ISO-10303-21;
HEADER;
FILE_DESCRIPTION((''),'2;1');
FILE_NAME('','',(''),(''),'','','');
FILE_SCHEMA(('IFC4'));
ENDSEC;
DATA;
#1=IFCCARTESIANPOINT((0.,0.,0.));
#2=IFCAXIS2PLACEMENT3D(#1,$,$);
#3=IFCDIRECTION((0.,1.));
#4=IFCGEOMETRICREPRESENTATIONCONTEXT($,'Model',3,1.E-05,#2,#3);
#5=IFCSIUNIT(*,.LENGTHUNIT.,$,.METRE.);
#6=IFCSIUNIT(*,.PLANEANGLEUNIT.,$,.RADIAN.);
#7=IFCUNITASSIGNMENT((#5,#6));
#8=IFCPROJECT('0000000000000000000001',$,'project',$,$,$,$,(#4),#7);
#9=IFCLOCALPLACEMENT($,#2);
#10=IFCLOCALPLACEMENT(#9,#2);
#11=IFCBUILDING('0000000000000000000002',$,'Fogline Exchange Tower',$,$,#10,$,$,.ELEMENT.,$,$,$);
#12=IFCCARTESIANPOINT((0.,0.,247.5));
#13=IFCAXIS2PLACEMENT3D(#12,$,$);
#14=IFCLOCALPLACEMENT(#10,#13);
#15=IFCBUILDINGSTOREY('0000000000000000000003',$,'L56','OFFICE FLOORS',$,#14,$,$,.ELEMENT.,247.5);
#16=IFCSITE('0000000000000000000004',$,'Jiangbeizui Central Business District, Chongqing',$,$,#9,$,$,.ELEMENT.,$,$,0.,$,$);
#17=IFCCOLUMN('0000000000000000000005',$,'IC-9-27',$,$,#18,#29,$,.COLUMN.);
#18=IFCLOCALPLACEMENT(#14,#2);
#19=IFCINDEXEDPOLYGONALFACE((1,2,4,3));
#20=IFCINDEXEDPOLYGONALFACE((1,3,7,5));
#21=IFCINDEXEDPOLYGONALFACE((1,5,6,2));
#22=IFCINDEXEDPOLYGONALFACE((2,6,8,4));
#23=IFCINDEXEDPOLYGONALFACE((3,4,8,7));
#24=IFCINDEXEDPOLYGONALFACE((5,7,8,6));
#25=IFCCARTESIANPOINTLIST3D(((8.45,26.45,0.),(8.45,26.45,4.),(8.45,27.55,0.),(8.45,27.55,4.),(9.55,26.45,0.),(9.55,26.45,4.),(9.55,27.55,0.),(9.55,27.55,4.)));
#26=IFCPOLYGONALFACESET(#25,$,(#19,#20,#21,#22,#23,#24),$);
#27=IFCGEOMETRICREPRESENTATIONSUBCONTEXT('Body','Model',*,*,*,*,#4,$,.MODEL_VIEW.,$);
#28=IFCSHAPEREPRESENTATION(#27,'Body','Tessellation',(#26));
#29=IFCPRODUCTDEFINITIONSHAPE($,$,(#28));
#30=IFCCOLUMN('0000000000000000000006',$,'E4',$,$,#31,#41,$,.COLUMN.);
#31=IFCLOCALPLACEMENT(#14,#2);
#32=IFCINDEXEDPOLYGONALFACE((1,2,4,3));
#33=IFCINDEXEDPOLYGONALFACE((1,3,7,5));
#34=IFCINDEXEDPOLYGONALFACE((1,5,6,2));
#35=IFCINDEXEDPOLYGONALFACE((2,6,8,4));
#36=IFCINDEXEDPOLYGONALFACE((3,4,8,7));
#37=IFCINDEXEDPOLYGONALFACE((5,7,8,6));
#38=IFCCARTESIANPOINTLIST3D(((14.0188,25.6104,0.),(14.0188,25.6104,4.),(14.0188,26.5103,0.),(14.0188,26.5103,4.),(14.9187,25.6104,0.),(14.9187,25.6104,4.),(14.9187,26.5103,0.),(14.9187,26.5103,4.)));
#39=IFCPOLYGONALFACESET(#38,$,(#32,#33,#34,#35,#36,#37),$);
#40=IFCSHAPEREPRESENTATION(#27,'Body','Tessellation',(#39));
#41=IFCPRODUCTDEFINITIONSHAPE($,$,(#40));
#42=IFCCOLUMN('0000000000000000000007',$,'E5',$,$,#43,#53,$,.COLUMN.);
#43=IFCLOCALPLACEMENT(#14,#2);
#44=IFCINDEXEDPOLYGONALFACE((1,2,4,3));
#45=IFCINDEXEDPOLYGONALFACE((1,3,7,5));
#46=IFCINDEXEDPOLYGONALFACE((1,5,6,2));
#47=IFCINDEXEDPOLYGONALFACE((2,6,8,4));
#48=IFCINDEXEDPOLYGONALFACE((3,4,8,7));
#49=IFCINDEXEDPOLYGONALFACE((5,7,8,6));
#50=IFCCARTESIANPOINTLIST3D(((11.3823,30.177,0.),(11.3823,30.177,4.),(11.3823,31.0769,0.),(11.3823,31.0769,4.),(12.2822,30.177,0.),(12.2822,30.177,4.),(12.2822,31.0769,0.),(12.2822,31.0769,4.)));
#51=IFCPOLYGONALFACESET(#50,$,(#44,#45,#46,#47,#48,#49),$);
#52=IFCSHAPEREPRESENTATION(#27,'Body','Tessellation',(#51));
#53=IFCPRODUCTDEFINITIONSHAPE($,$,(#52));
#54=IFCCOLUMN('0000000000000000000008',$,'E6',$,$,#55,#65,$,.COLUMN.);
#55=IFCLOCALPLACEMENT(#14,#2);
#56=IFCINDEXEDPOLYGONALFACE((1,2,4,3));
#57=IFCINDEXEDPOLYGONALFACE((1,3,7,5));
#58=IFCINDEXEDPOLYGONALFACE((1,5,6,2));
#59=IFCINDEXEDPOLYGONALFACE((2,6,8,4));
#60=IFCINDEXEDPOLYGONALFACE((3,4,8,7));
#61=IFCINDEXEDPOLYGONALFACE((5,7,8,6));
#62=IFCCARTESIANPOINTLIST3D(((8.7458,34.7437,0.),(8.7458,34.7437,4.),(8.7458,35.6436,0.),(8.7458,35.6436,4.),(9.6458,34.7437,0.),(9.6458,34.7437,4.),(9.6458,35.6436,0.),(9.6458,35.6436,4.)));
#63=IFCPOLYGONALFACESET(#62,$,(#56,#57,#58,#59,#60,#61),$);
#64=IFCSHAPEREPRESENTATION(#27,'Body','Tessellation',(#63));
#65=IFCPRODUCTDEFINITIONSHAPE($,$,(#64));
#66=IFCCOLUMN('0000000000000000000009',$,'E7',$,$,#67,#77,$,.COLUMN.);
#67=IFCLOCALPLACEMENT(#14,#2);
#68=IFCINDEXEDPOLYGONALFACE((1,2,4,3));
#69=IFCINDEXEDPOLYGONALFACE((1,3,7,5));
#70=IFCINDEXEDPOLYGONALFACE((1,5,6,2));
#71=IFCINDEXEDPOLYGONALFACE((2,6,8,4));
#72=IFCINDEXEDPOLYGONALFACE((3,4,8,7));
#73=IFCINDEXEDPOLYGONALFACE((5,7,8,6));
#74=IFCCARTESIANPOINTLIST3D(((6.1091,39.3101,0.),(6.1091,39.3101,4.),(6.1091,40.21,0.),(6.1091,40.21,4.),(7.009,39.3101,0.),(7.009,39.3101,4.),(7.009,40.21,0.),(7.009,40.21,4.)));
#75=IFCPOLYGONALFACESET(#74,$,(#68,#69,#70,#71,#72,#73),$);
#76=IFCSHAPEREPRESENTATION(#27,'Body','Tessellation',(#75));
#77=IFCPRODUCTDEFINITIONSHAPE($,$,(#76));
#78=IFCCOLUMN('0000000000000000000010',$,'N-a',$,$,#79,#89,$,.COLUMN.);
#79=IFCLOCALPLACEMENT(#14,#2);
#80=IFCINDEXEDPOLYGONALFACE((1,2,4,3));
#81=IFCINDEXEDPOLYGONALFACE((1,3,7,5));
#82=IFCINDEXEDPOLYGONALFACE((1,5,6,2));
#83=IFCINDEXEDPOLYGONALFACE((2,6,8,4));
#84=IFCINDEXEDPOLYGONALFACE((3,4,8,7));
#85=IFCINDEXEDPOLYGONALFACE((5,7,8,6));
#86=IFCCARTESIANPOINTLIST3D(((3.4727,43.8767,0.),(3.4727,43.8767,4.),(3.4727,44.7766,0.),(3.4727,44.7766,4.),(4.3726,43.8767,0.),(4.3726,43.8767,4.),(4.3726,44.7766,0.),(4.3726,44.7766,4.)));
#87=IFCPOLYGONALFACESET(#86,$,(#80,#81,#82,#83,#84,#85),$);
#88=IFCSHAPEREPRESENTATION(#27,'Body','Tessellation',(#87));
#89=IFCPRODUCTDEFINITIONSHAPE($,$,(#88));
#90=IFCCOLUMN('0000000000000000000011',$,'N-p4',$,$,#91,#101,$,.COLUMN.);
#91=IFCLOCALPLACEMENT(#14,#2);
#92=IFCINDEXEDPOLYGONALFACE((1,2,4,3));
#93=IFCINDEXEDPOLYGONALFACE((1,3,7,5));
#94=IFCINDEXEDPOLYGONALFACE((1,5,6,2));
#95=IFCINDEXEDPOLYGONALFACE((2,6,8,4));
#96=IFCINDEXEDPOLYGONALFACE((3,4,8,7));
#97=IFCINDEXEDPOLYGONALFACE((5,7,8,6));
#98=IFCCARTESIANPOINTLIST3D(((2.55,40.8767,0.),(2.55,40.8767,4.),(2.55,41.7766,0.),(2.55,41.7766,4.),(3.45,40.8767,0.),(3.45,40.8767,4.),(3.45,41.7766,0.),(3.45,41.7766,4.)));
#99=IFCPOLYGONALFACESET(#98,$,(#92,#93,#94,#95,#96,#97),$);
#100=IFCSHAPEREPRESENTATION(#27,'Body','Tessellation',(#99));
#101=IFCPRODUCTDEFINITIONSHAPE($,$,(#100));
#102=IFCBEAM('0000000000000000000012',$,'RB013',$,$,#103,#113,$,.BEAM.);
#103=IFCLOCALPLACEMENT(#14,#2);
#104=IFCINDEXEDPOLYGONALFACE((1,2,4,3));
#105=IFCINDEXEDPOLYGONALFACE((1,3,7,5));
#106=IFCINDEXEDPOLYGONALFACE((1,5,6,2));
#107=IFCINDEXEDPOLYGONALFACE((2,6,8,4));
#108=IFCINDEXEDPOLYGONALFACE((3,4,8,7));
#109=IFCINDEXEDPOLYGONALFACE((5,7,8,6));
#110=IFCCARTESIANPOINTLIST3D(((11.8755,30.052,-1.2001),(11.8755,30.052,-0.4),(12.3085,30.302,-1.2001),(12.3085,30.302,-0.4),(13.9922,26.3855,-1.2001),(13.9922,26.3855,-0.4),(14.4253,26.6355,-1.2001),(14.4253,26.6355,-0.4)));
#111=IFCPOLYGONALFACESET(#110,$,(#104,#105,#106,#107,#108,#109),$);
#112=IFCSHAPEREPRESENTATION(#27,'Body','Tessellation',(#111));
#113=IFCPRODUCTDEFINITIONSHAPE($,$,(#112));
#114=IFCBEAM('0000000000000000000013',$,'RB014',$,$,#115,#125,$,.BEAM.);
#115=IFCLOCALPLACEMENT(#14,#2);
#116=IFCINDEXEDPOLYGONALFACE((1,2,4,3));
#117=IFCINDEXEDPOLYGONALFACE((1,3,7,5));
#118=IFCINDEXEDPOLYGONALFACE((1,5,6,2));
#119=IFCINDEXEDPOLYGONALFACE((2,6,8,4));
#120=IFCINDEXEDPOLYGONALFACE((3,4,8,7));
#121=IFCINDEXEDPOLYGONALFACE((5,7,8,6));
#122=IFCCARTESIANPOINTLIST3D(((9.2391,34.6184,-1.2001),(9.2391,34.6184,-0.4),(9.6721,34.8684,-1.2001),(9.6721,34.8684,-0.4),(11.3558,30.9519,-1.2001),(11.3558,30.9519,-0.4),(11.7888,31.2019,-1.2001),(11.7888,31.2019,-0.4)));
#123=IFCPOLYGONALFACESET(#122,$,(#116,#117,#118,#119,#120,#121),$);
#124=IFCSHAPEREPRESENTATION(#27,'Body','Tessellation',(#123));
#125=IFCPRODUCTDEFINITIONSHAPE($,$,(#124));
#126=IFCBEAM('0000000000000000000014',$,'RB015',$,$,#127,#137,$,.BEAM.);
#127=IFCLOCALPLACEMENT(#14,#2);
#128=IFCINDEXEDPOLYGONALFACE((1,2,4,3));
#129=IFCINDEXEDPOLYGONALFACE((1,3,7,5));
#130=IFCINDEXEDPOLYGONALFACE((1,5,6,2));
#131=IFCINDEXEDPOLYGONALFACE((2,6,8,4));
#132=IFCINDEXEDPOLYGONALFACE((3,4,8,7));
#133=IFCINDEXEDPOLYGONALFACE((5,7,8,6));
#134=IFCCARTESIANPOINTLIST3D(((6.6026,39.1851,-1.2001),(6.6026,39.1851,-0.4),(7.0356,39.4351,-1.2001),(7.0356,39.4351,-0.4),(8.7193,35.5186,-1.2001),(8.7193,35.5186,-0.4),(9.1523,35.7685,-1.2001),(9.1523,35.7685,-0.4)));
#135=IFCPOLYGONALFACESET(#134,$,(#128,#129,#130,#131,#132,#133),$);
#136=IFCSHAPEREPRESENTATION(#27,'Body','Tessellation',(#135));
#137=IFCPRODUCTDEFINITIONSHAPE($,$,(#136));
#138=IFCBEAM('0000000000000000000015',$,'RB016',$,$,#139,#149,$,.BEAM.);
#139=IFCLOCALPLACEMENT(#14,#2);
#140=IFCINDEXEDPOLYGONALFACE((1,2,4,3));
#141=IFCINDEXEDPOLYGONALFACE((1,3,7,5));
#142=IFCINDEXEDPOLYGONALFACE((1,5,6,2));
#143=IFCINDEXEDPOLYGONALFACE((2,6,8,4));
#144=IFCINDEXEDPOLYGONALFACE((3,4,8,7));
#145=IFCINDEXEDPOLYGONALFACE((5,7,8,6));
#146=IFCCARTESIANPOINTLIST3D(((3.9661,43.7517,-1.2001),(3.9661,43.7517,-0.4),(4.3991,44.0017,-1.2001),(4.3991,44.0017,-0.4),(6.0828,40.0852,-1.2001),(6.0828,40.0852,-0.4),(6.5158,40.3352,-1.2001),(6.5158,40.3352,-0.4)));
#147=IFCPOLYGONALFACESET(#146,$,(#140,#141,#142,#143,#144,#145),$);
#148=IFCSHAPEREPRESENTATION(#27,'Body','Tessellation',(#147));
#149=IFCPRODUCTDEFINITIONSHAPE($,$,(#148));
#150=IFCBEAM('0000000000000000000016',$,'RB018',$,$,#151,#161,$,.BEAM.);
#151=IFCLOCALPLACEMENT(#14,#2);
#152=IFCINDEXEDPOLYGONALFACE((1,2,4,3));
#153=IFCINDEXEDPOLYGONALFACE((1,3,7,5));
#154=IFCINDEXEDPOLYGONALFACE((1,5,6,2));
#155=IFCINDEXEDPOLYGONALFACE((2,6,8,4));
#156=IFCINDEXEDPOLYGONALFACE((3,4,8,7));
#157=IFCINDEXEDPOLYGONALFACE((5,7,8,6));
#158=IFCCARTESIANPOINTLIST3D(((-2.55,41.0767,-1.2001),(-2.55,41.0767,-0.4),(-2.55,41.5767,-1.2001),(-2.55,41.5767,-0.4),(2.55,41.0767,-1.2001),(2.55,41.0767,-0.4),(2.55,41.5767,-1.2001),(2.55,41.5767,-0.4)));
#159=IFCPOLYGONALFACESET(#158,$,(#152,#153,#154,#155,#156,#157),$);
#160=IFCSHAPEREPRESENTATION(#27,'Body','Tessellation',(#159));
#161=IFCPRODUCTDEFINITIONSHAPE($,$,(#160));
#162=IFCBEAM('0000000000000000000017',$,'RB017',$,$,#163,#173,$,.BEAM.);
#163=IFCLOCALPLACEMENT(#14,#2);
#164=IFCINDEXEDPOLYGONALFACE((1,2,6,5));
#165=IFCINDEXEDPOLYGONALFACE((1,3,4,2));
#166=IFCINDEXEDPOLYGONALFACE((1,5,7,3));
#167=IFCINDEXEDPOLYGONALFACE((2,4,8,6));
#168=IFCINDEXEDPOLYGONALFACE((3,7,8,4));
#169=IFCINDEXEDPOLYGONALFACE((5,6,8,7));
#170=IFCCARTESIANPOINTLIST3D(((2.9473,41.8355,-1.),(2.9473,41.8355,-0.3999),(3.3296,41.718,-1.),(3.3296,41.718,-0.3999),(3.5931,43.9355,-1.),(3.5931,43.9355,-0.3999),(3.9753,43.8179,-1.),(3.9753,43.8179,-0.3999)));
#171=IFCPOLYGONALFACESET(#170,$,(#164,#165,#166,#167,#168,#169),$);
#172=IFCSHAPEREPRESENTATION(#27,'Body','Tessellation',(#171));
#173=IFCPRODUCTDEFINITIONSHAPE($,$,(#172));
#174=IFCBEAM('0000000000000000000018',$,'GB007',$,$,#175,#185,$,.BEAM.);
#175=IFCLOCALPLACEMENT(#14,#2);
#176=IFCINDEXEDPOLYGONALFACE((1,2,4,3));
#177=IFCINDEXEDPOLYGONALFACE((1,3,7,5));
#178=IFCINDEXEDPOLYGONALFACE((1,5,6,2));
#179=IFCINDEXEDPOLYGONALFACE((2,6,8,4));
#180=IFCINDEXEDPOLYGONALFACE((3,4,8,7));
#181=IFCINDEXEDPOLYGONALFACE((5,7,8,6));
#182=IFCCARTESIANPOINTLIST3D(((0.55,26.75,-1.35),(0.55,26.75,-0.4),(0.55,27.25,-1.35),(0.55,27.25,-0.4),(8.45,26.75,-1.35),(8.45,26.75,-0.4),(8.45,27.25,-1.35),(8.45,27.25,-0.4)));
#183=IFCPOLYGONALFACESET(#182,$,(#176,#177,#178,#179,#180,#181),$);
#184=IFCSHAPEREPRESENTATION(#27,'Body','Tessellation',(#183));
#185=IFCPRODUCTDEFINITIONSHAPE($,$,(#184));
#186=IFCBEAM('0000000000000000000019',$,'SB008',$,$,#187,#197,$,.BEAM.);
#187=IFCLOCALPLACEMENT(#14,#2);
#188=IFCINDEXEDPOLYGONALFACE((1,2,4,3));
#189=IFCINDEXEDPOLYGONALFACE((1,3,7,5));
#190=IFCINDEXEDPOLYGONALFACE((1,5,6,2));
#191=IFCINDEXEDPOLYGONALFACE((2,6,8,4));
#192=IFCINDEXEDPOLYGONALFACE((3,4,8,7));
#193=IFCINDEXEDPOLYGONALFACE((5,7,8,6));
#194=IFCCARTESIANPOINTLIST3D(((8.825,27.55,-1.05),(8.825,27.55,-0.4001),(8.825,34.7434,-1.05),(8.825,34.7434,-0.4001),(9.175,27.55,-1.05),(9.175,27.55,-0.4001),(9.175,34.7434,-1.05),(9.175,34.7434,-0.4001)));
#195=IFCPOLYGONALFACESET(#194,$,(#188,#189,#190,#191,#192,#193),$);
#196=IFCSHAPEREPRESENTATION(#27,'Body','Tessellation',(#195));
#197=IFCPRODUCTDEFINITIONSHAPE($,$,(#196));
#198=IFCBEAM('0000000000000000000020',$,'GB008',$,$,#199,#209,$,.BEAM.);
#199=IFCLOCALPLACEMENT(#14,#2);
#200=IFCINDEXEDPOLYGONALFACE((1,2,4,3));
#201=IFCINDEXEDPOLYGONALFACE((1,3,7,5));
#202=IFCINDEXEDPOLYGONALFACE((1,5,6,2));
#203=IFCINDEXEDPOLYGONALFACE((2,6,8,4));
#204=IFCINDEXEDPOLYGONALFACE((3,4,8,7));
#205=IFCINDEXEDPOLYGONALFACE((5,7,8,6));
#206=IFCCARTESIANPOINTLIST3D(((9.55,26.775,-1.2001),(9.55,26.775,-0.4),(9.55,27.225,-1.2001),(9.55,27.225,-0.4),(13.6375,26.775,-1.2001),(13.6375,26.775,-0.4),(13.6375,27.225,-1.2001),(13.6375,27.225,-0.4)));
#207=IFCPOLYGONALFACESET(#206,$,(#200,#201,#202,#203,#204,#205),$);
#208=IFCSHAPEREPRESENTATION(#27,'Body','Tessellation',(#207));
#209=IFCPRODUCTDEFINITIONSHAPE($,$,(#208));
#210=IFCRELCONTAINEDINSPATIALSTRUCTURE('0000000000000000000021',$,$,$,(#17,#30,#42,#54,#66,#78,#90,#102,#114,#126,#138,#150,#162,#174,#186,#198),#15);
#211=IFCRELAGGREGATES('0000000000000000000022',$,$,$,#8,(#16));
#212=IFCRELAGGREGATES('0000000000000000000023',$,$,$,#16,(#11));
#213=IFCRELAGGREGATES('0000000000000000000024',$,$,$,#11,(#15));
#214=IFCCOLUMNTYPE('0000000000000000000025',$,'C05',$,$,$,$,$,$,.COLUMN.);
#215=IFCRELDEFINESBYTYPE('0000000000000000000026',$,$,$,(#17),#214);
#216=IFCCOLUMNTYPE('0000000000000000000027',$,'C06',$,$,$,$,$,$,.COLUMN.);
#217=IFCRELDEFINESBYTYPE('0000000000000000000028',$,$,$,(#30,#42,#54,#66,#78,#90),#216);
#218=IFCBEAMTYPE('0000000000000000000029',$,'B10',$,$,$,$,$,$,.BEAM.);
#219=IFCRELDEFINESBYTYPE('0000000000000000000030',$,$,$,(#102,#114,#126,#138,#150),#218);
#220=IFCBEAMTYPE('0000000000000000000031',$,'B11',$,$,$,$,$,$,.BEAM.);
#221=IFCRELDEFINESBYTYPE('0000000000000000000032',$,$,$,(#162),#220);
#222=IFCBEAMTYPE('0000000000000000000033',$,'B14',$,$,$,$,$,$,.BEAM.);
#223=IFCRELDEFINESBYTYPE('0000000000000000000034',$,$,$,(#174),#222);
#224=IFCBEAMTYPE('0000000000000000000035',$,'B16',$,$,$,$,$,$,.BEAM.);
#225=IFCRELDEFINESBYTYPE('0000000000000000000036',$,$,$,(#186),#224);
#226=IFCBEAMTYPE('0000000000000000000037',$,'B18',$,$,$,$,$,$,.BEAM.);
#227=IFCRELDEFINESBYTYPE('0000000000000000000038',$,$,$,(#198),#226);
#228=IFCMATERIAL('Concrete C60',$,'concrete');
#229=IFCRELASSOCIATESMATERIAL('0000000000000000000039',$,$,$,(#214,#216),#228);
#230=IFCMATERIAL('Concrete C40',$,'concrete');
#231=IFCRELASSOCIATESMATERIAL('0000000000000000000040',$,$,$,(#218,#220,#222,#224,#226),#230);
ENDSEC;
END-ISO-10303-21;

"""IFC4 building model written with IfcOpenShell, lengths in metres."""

from ifc_helpers import new_model, si_unit, direction, frame, origin, origin_2d, place, context, subcontext, project, spatial, rectangle, extrude, material, material_profile, profile_set, type_object, element, save


model = new_model("IFC4")

# Units and contexts
model_context = context("Model", 3, precision=1e-05, world=origin(), true_north=direction((0.0, 1.0)))
body_context = subcontext(model_context, "Body", "Model", "MODEL_VIEW")
ifc_project = project(units=[si_unit("LENGTHUNIT", "METRE"), si_unit("PLANEANGLEUNIT", "RADIAN")], contexts=[model_context])

# Site, building, storey
site_placement = place(None, origin())
site = spatial("IfcSite", under=ifc_project, at=site_placement, Name="Jiangbeizui Central Business District, Chongqing", CompositionType="ELEMENT", RefElevation=0.0)
building_placement = place(site_placement, origin())
building = spatial("IfcBuilding", under=site, at=building_placement, Name="Fogline Exchange Tower", CompositionType="ELEMENT")
storey_placement = place(building_placement, frame((0.0, 0.0, 247.5)))
storey = spatial("IfcBuildingStorey", under=building, at=storey_placement, Name="L56", Description="OFFICE FLOORS", CompositionType="ELEMENT", Elevation=247.5)

# Columns
ifc_material_1 = material(Name="Concrete C60", Category="concrete")
ifc_material_profile_1 = material_profile(ifc_material_1, rectangle(XDim=1.1001, YDim=1.1001, at=origin_2d()), Name="RC 1100x1100")
ifc_profile_set_1 = profile_set([ifc_material_profile_1], Name="Concrete C60")
column_type_1 = type_object("IfcColumnType", Name="C05", PredefinedType="COLUMN", material=ifc_profile_set_1)
column_placement = place(storey_placement, frame((9.0, 27.0, 0.0), z_axis=(0.0, 0.0, 1.0), x_axis=(1.0, 0.0, 0.0)))
element("IfcColumn", 1, at=column_placement, inside=storey, type_object=column_type_1, Name="IC-9-27", PredefinedType="COLUMN", context=body_context, shape_type="SweptSolid", body=[
    extrude(rectangle(XDim=1.1001, YDim=1.1001, at=origin_2d()), origin(), (0.0, 0.0, 1.0), 4.0),
])
ifc_material_profile_2 = material_profile(ifc_material_1, rectangle(XDim=0.8999, YDim=0.8999, at=origin_2d()), Name="RC 900x900")
ifc_profile_set_2 = profile_set([ifc_material_profile_2], Name="Concrete C60")
column_type_2 = type_object("IfcColumnType", Name="C06", PredefinedType="COLUMN", material=ifc_profile_set_2)
for number, where, z_axis, x_axis, name in (
    (2, (14.4688, 26.0603, 0.0), (0.0, 0.0, 1.0), (1.0, 0.0, 0.0), "E4"),
    (3, (11.8323, 30.627, 0.0), (0.0, 0.0, 1.0), (1.0, 0.0, 0.0), "E5"),
    (4, (9.1958, 35.1936, 0.0), (0.0, 0.0, 1.0), (1.0, 0.0, 0.0), "E6"),
    (5, (6.5591, 39.76, 0.0), (0.0, 0.0, 1.0), (1.0, 0.0, 0.0), "E7"),
    (6, (3.9226, 44.3267, 0.0), (0.0, 0.0, 1.0), (1.0, 0.0, 0.0), "N-a"),
    (7, (3.0, 41.3267, 0.0), (0.0, 0.0, 1.0), (1.0, 0.0, 0.0), "N-p4"),
):
    element("IfcColumn", number, at=place(storey_placement, frame(where, z_axis=z_axis, x_axis=x_axis)), inside=storey, type_object=column_type_2, Name=name, PredefinedType="COLUMN", context=body_context, shape_type="SweptSolid", body=[
        extrude(rectangle(XDim=0.8999, YDim=0.8999, at=origin_2d()), origin(), (0.0, 0.0, 1.0), 4.0),
    ])

# Beams
ifc_material_2 = material(Name="Concrete C40", Category="concrete")
ifc_material_profile_3 = material_profile(ifc_material_2, rectangle(XDim=0.5, YDim=0.8, at=origin_2d()), Name="RC 500x800")
ifc_profile_set_3 = profile_set([ifc_material_profile_3], Name="Concrete C40")
beam_type_1 = type_object("IfcBeamType", Name="B10", PredefinedType="BEAM", material=ifc_profile_set_3)
for number, where, z_axis, x_axis, name in (
    (8, (14.2087, 26.5105, -0.8), (-0.499972, 0.866042, 0.0), (-0.866042, -0.499972, 0.0), "RB013"),
    (9, (11.5723, 31.0769, -0.8), (-0.499972, 0.866042, 0.0), (-0.866042, -0.499972, 0.0), "RB014"),
    (10, (8.9358, 35.6436, -0.8), (-0.499972, 0.866042, 0.0), (-0.866042, -0.499972, 0.0), "RB015"),
    (11, (6.2993, 40.2102, -0.8), (-0.499972, 0.866042, 0.0), (-0.866042, -0.499972, 0.0), "RB016"),
):
    element("IfcBeam", number, at=place(storey_placement, frame(where, z_axis=z_axis, x_axis=x_axis)), inside=storey, type_object=beam_type_1, Name=name, PredefinedType="BEAM", context=body_context, shape_type="SweptSolid", body=[
        extrude(rectangle(XDim=0.5, YDim=0.8, at=origin_2d()), origin(), (0.0, 0.0, 1.0), 4.2336),
    ])
beam_1_placement = place(storey_placement, frame((2.55, 41.3267, -0.8), z_axis=(-1.0, 0.0, 0.0), x_axis=(0.0, -1.0, 0.0)))
element("IfcBeam", 12, at=beam_1_placement, inside=storey, type_object=beam_type_1, Name="RB018", PredefinedType="BEAM", context=body_context, shape_type="SweptSolid", body=[
    extrude(rectangle(XDim=0.5, YDim=0.8, at=origin_2d()), origin(), (0.0, 0.0, 1.0), 5.1001),
])
ifc_material_profile_4 = material_profile(ifc_material_2, rectangle(XDim=0.3999, YDim=0.6001, at=origin_2d()), Name="RC 400x600")
ifc_profile_set_4 = profile_set([ifc_material_profile_4], Name="Concrete C40")
beam_type_2 = type_object("IfcBeamType", Name="B11", PredefinedType="BEAM", material=ifc_profile_set_4)
beam_2_placement = place(storey_placement, frame((3.7842, 43.8767, -0.7), z_axis=(-0.293906, -0.955834, 0.0), x_axis=(0.955834, -0.293906, 0.0)))
element("IfcBeam", 13, at=beam_2_placement, inside=storey, type_object=beam_type_2, Name="RB017", PredefinedType="BEAM", context=body_context, shape_type="SweptSolid", body=[
    extrude(rectangle(XDim=0.3999, YDim=0.6001, at=origin_2d()), origin(), (0.0, 0.0, 1.0), 2.197),
])
ifc_material_profile_5 = material_profile(ifc_material_2, rectangle(XDim=0.5, YDim=0.95, at=origin_2d()), Name="RC 500x950")
ifc_profile_set_5 = profile_set([ifc_material_profile_5], Name="Concrete C40")
beam_type_3 = type_object("IfcBeamType", Name="B14", PredefinedType="BEAM", material=ifc_profile_set_5)
beam_3_placement = place(storey_placement, frame((0.55, 27.0, -0.875), z_axis=(1.0, 0.0, 0.0), x_axis=(0.0, 1.0, 0.0)))
element("IfcBeam", 14, at=beam_3_placement, inside=storey, type_object=beam_type_3, Name="GB007", PredefinedType="BEAM", context=body_context, shape_type="SweptSolid", body=[
    extrude(rectangle(XDim=0.5, YDim=0.95, at=origin_2d()), origin(), (0.0, 0.0, 1.0), 7.8999),
])
ifc_material_profile_6 = material_profile(ifc_material_2, rectangle(XDim=0.3501, YDim=0.6499, at=origin_2d()), Name="RC 350x650")
ifc_profile_set_6 = profile_set([ifc_material_profile_6], Name="Concrete C40")
beam_type_4 = type_object("IfcBeamType", Name="B16", PredefinedType="BEAM", material=ifc_profile_set_6)
beam_4_placement = place(storey_placement, frame((9.0, 27.55, -0.7251), z_axis=(0.0, 1.0, 0.0), x_axis=(-1.0, 0.0, 0.0)))
element("IfcBeam", 15, at=beam_4_placement, inside=storey, type_object=beam_type_4, Name="SB008", PredefinedType="BEAM", context=body_context, shape_type="SweptSolid", body=[
    extrude(rectangle(XDim=0.3501, YDim=0.6499, at=origin_2d()), origin(), (0.0, 0.0, 1.0), 7.1934),
])
ifc_material_profile_7 = material_profile(ifc_material_2, rectangle(XDim=0.45, YDim=0.8, at=origin_2d()), Name="RC 450x800")
ifc_profile_set_7 = profile_set([ifc_material_profile_7], Name="Concrete C40")
beam_type_5 = type_object("IfcBeamType", Name="B18", PredefinedType="BEAM", material=ifc_profile_set_7)
beam_5_placement = place(storey_placement, frame((9.55, 27.0, -0.8), z_axis=(1.0, 0.0, 0.0), x_axis=(0.0, 1.0, 0.0)))
element("IfcBeam", 16, at=beam_5_placement, inside=storey, type_object=beam_type_5, Name="GB008", PredefinedType="BEAM", context=body_context, shape_type="SweptSolid", body=[
    extrude(rectangle(XDim=0.45, YDim=0.8, at=origin_2d()), origin(), (0.0, 0.0, 1.0), 4.0874),
])

save(model, "model.ifc")
